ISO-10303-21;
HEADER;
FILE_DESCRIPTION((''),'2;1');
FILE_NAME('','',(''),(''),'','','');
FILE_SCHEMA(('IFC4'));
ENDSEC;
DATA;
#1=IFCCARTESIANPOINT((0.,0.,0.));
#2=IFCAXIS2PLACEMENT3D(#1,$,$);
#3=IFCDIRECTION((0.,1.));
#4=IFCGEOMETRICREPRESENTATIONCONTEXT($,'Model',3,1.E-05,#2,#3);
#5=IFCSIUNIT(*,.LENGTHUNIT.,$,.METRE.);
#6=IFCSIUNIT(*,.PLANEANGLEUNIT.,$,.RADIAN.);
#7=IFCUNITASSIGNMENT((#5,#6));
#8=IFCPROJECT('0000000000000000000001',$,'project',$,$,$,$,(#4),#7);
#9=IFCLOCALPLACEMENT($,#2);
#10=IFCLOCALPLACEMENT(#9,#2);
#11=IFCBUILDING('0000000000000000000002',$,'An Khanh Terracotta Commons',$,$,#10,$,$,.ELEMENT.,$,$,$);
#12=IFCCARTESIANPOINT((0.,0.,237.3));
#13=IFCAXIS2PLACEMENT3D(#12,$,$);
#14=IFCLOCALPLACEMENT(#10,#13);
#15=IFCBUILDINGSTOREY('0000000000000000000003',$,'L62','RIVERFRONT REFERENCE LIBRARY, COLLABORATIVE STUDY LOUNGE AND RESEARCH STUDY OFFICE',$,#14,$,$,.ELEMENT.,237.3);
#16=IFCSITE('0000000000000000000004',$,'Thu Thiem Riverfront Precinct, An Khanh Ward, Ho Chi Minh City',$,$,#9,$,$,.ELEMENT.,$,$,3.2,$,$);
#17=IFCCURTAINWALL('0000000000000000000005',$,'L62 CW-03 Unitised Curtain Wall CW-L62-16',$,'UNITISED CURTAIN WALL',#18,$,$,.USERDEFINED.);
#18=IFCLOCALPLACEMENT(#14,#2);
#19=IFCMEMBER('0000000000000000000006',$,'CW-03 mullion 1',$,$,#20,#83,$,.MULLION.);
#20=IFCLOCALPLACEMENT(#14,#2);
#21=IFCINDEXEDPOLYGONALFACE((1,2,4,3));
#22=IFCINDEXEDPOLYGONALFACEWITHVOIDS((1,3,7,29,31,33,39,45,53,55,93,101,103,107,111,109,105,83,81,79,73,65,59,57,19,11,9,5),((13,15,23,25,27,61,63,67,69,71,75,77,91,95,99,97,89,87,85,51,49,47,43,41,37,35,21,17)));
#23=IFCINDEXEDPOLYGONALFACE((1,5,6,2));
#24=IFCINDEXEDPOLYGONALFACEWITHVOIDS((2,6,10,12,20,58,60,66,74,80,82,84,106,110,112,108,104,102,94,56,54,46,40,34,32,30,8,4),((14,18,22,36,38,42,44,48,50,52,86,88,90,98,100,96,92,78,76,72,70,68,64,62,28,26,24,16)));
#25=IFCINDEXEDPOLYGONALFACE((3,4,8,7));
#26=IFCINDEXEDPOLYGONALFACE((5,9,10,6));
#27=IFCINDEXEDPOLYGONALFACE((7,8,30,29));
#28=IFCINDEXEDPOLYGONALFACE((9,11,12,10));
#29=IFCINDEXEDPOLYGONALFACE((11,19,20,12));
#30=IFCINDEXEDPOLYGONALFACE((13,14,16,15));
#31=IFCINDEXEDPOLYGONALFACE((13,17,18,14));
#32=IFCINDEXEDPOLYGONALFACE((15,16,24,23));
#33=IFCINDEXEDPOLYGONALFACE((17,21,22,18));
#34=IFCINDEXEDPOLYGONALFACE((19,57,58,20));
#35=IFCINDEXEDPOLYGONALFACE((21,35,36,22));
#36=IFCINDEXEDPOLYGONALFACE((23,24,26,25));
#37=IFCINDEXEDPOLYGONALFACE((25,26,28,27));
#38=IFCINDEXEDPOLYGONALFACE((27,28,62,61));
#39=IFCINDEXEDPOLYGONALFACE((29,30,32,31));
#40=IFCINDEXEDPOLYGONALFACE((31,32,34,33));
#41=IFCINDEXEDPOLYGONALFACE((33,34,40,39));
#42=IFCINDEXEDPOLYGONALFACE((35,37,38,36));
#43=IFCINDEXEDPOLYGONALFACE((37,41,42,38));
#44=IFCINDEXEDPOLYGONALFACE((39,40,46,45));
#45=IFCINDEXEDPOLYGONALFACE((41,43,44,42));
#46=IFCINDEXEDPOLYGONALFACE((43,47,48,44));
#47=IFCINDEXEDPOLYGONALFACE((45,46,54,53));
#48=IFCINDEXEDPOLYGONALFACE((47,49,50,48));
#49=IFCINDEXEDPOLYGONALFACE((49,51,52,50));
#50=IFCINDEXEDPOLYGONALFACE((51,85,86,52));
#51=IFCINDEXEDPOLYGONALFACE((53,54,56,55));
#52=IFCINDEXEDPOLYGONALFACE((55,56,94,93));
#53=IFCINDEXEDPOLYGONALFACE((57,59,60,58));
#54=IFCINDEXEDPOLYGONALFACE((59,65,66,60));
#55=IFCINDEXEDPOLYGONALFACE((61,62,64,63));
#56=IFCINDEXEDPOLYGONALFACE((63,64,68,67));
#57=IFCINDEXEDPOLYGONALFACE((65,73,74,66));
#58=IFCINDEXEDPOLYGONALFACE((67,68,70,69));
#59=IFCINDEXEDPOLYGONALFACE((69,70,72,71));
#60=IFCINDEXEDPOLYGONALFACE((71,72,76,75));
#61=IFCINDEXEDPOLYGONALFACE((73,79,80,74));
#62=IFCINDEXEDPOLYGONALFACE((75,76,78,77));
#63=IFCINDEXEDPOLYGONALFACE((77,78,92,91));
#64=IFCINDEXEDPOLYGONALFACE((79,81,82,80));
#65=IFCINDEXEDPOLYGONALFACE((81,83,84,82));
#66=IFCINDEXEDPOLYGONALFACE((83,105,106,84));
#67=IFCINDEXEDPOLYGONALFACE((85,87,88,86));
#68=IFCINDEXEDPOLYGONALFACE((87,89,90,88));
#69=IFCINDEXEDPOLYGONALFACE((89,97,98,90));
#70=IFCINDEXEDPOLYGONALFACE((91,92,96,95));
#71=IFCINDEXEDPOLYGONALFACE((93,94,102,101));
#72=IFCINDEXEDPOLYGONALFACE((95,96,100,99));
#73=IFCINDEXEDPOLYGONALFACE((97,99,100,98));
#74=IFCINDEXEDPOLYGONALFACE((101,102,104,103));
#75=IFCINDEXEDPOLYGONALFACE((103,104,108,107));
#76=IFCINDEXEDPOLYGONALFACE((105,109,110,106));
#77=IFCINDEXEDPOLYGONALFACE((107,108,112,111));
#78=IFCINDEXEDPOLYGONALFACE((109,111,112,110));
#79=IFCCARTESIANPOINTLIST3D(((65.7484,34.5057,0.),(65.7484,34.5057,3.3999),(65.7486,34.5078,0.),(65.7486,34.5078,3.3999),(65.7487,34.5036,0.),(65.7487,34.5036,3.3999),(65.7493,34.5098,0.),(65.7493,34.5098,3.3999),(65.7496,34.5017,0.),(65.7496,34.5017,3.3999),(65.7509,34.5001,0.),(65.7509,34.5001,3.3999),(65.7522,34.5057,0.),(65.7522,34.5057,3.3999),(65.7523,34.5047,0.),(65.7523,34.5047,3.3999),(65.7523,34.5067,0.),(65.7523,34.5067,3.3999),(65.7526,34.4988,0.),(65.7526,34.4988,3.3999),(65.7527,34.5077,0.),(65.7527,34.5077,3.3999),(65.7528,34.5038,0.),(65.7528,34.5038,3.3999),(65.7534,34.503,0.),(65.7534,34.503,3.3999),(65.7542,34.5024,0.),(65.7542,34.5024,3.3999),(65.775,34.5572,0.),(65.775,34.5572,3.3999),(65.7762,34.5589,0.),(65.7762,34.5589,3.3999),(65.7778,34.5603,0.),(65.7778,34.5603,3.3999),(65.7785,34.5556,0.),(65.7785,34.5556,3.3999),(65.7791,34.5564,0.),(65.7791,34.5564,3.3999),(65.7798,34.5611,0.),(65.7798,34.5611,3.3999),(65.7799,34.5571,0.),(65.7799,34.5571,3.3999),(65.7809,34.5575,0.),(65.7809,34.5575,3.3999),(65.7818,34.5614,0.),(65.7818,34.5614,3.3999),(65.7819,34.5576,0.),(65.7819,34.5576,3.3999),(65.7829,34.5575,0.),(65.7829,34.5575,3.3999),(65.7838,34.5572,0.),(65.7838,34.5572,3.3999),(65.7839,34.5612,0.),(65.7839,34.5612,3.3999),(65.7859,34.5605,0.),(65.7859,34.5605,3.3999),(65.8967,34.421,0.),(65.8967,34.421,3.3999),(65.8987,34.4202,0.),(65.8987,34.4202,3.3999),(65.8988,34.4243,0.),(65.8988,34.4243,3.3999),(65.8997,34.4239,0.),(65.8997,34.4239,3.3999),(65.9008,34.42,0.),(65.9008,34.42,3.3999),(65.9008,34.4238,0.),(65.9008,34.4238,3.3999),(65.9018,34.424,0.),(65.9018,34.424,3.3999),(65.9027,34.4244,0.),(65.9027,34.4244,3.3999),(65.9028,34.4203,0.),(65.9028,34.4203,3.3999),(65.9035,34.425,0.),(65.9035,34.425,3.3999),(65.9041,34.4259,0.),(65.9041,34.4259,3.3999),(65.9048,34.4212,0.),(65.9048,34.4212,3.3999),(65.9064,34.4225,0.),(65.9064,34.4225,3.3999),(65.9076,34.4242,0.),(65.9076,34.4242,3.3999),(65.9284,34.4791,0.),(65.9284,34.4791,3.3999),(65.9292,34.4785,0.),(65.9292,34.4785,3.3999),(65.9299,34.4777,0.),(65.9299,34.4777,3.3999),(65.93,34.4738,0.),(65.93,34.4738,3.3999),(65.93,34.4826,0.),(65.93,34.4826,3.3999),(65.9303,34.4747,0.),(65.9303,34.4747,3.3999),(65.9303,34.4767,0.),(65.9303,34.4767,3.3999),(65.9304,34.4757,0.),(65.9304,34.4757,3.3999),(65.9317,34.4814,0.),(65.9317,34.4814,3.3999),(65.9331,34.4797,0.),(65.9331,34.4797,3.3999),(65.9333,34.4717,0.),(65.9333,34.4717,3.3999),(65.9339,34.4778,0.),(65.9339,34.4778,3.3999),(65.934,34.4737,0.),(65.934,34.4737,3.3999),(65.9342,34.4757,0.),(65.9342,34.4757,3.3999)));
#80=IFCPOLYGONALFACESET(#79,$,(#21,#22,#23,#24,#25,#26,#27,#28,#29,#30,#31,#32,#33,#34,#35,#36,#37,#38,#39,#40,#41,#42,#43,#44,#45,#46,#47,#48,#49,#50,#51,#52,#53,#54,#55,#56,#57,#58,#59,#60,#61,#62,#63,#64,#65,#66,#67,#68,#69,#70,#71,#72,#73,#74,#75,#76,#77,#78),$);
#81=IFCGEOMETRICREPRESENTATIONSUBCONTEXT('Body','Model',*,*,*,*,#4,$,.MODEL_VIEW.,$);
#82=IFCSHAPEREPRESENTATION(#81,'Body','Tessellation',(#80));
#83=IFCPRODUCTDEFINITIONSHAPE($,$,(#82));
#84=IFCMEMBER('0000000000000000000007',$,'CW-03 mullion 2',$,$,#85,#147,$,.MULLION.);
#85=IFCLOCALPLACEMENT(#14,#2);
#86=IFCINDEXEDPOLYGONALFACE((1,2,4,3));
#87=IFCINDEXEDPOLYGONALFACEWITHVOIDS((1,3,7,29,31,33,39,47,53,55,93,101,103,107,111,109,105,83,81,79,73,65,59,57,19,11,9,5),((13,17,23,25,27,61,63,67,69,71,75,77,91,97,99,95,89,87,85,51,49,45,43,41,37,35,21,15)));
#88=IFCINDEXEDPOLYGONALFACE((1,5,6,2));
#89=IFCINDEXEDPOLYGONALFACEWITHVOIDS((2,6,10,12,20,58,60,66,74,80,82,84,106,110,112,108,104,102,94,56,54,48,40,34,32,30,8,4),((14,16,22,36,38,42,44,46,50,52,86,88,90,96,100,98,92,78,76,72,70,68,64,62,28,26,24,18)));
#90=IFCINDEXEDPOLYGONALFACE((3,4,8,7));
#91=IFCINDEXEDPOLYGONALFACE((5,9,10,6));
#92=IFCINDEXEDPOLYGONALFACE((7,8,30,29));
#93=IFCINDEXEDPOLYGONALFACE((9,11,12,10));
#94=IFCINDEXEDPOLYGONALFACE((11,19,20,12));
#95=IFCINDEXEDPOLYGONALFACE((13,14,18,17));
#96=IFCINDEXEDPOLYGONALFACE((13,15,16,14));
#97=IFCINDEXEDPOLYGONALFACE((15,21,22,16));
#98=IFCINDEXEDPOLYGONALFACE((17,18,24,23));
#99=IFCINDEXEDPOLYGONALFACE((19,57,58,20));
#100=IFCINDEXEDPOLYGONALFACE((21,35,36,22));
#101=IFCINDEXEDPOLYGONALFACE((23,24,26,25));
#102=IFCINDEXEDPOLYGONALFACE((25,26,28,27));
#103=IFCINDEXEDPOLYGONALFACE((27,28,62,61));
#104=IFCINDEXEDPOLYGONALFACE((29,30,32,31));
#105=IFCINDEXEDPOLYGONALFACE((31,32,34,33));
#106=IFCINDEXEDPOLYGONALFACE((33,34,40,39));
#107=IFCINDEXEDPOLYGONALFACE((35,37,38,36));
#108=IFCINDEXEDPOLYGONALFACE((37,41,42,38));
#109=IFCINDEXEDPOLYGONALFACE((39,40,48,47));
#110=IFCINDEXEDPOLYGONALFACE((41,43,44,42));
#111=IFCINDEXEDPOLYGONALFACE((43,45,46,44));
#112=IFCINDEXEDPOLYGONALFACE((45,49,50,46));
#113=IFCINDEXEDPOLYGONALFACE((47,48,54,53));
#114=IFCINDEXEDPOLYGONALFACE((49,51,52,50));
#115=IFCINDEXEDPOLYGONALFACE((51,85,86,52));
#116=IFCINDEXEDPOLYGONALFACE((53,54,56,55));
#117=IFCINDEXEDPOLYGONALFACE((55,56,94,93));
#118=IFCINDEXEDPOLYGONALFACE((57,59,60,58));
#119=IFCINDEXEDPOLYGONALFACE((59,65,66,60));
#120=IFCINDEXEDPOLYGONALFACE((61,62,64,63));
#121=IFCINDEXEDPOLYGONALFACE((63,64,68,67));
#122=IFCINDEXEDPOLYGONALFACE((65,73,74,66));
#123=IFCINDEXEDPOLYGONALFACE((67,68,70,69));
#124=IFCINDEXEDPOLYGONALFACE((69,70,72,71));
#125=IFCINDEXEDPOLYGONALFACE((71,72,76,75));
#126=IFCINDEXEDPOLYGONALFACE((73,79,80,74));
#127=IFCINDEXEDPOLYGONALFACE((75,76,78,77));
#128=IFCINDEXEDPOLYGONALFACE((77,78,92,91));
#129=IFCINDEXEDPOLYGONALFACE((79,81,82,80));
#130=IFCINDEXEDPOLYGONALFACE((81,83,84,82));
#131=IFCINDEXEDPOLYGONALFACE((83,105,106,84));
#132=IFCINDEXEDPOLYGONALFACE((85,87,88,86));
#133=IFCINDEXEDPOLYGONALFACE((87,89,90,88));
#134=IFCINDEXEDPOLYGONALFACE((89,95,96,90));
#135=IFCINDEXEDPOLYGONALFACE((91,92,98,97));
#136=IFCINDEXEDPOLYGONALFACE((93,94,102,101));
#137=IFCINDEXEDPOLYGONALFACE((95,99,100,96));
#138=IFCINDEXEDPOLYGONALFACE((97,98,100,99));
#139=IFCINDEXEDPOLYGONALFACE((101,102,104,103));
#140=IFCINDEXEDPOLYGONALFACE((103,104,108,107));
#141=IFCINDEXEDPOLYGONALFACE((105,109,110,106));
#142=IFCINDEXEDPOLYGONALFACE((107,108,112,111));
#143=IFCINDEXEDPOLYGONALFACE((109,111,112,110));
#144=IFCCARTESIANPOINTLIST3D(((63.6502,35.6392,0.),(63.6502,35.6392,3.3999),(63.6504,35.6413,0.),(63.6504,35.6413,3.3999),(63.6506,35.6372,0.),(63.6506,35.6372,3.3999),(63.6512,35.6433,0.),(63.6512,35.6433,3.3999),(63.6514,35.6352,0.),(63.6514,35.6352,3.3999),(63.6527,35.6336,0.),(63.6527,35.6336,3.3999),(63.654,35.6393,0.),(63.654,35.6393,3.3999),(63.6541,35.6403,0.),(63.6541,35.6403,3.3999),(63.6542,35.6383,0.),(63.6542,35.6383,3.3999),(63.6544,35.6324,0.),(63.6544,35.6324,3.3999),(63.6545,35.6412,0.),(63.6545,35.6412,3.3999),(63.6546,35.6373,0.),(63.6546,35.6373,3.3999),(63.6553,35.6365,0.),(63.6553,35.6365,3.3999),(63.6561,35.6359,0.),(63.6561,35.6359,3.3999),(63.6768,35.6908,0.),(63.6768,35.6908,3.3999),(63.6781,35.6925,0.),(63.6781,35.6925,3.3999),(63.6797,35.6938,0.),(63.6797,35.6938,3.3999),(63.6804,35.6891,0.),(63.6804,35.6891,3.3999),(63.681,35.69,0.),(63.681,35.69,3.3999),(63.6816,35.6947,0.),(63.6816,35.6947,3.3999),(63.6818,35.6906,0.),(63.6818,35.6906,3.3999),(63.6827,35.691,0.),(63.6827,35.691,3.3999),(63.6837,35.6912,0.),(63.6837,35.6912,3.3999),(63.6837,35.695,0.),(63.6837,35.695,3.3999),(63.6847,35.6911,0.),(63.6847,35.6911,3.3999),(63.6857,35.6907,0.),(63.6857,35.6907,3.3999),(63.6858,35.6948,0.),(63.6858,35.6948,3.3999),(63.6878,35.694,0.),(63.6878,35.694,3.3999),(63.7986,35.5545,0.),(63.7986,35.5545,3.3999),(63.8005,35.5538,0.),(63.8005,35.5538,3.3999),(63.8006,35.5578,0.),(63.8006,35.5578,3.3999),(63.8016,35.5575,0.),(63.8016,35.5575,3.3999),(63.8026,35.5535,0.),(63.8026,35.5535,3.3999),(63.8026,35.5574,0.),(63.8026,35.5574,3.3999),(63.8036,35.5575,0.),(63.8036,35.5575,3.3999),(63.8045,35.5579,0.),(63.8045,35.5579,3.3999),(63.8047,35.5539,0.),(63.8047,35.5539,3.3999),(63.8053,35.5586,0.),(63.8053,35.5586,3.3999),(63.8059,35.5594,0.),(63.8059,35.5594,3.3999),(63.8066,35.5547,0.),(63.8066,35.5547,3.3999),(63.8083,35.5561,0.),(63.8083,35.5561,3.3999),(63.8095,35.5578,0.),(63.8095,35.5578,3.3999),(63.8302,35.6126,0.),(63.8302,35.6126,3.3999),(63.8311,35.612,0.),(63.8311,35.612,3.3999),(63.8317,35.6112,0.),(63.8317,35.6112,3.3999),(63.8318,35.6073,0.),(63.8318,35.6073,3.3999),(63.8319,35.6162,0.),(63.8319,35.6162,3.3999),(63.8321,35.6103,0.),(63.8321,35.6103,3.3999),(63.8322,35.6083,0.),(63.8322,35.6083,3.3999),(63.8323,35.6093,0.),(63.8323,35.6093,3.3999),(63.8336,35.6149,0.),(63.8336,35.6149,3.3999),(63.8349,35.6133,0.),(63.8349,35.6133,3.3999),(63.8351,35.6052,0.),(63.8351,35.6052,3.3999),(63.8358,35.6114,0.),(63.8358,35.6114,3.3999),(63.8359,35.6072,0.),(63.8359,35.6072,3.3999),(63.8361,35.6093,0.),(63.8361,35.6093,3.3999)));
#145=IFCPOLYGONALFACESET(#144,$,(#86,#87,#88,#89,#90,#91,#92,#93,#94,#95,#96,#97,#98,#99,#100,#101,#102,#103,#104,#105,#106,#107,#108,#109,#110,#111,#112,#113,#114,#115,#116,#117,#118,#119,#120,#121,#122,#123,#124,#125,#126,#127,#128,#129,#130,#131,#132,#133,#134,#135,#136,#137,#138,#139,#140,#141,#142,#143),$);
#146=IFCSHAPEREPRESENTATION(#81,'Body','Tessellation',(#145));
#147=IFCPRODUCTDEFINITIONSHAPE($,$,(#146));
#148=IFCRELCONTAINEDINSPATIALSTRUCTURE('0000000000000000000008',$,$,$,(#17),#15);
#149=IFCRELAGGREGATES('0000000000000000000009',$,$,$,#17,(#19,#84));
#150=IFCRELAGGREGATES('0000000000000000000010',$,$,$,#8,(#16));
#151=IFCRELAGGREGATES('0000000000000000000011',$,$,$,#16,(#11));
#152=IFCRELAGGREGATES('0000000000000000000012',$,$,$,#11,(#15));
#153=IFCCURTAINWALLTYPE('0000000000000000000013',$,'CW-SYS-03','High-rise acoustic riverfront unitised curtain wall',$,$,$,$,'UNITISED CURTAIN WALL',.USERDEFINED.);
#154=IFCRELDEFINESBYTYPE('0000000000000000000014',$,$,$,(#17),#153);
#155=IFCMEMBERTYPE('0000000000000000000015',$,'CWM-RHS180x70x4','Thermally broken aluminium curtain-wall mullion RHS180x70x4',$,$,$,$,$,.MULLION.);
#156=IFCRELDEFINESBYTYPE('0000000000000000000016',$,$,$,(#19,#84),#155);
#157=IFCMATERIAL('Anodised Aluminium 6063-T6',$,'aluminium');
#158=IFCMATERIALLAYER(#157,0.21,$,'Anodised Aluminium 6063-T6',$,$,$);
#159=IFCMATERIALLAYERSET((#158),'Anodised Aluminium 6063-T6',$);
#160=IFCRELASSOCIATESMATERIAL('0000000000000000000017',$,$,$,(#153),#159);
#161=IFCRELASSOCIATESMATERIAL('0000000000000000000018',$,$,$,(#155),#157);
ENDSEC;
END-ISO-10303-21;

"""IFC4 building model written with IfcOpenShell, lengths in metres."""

from ifc_helpers import new_model, si_unit, direction, frame, origin, origin_2d, place, context, subcontext, project, spatial, hollow_rectangle, extrude, material, layer, layer_set, material_profile, profile_set, type_object, element, aggregate, save


model = new_model("IFC4")

# Units and contexts
model_context = context("Model", 3, precision=1e-05, world=origin(), true_north=direction((0.0, 1.0)))
body_context = subcontext(model_context, "Body", "Model", "MODEL_VIEW")
ifc_project = project(units=[si_unit("LENGTHUNIT", "METRE"), si_unit("PLANEANGLEUNIT", "RADIAN")], contexts=[model_context])

# Site, building, storey
site_placement = place(None, origin())
site = spatial("IfcSite", under=ifc_project, at=site_placement, Name="Thu Thiem Riverfront Precinct, An Khanh Ward, Ho Chi Minh City", CompositionType="ELEMENT", RefElevation=3.2)
building_placement = place(site_placement, origin())
building = spatial("IfcBuilding", under=site, at=building_placement, Name="An Khanh Terracotta Commons", CompositionType="ELEMENT")
storey_placement = place(building_placement, frame((0.0, 0.0, 237.3)))
storey = spatial("IfcBuildingStorey", under=building, at=storey_placement, Name="L62", Description="RIVERFRONT REFERENCE LIBRARY, COLLABORATIVE STUDY LOUNGE AND RESEARCH STUDY OFFICE", CompositionType="ELEMENT", Elevation=237.3)

# Curtain wall, members
ifc_material_1 = material(Name="Anodised Aluminium 6063-T6", Category="aluminium")
ifc_layer_1 = layer(ifc_material_1, 0.21, Name="Anodised Aluminium 6063-T6")
ifc_layer_set_1 = layer_set([ifc_layer_1], Name="Anodised Aluminium 6063-T6")
curtain_wall_type = type_object("IfcCurtainWallType", Name="CW-SYS-03", Description="High-rise acoustic riverfront unitised curtain wall", ElementType="UNITISED CURTAIN WALL", PredefinedType="USERDEFINED", material=ifc_layer_set_1)
ifc_material_profile_1 = material_profile(ifc_material_1, hollow_rectangle(XDim=0.0701, YDim=0.1799, WallThickness=0.0039, InnerFilletRadius=0.0039, OuterFilletRadius=0.0081, at=origin_2d()), Name="RHS180x70x4")
ifc_profile_set_1 = profile_set([ifc_material_profile_1], Name="Anodised Aluminium 6063-T6")
member_type_1 = type_object("IfcMemberType", Name="CWM-RHS180x70x4", Description="Thermally broken aluminium curtain-wall mullion RHS180x70x4", PredefinedType="MULLION", material=ifc_profile_set_1)
curtain_wall_1_placement = place(storey_placement, origin())
curtain_wall_1 = element("IfcCurtainWall", 1, at=curtain_wall_1_placement, inside=storey, type_object=curtain_wall_type, Name="L62 CW-03 Unitised Curtain Wall CW-L62-16", ObjectType="UNITISED CURTAIN WALL", PredefinedType="USERDEFINED")
member_1_placement = place(storey_placement, frame((65.8413, 34.4907, 0.0), z_axis=(0.0, 0.0, 1.0), x_axis=(-0.475381, -0.87978, 0.0)))
member_1 = element("IfcMember", 2, at=member_1_placement, type_object=member_type_1, Name="CW-03 mullion 1", PredefinedType="MULLION", context=body_context, shape_type="SweptSolid", body=[
    extrude(hollow_rectangle(XDim=0.0701, YDim=0.1799, WallThickness=0.0039, InnerFilletRadius=0.0039, OuterFilletRadius=0.0081, at=origin_2d()), origin(), (0.0, 0.0, 1.0), 3.3999),
])
member_2_placement = place(storey_placement, frame((63.7432, 35.6243, 0.0), z_axis=(0.0, 0.0, 1.0), x_axis=(-0.475381, -0.87978, 0.0)))
member_2 = element("IfcMember", 3, at=member_2_placement, type_object=member_type_1, Name="CW-03 mullion 2", PredefinedType="MULLION", context=body_context, shape_type="SweptSolid", body=[
    extrude(hollow_rectangle(XDim=0.0701, YDim=0.1799, WallThickness=0.0039, InnerFilletRadius=0.0039, OuterFilletRadius=0.0081, at=origin_2d()), origin(), (0.0, 0.0, 1.0), 3.3999),
])

aggregate(curtain_wall_1, [member_1, member_2])

save(model, "model.ifc")
